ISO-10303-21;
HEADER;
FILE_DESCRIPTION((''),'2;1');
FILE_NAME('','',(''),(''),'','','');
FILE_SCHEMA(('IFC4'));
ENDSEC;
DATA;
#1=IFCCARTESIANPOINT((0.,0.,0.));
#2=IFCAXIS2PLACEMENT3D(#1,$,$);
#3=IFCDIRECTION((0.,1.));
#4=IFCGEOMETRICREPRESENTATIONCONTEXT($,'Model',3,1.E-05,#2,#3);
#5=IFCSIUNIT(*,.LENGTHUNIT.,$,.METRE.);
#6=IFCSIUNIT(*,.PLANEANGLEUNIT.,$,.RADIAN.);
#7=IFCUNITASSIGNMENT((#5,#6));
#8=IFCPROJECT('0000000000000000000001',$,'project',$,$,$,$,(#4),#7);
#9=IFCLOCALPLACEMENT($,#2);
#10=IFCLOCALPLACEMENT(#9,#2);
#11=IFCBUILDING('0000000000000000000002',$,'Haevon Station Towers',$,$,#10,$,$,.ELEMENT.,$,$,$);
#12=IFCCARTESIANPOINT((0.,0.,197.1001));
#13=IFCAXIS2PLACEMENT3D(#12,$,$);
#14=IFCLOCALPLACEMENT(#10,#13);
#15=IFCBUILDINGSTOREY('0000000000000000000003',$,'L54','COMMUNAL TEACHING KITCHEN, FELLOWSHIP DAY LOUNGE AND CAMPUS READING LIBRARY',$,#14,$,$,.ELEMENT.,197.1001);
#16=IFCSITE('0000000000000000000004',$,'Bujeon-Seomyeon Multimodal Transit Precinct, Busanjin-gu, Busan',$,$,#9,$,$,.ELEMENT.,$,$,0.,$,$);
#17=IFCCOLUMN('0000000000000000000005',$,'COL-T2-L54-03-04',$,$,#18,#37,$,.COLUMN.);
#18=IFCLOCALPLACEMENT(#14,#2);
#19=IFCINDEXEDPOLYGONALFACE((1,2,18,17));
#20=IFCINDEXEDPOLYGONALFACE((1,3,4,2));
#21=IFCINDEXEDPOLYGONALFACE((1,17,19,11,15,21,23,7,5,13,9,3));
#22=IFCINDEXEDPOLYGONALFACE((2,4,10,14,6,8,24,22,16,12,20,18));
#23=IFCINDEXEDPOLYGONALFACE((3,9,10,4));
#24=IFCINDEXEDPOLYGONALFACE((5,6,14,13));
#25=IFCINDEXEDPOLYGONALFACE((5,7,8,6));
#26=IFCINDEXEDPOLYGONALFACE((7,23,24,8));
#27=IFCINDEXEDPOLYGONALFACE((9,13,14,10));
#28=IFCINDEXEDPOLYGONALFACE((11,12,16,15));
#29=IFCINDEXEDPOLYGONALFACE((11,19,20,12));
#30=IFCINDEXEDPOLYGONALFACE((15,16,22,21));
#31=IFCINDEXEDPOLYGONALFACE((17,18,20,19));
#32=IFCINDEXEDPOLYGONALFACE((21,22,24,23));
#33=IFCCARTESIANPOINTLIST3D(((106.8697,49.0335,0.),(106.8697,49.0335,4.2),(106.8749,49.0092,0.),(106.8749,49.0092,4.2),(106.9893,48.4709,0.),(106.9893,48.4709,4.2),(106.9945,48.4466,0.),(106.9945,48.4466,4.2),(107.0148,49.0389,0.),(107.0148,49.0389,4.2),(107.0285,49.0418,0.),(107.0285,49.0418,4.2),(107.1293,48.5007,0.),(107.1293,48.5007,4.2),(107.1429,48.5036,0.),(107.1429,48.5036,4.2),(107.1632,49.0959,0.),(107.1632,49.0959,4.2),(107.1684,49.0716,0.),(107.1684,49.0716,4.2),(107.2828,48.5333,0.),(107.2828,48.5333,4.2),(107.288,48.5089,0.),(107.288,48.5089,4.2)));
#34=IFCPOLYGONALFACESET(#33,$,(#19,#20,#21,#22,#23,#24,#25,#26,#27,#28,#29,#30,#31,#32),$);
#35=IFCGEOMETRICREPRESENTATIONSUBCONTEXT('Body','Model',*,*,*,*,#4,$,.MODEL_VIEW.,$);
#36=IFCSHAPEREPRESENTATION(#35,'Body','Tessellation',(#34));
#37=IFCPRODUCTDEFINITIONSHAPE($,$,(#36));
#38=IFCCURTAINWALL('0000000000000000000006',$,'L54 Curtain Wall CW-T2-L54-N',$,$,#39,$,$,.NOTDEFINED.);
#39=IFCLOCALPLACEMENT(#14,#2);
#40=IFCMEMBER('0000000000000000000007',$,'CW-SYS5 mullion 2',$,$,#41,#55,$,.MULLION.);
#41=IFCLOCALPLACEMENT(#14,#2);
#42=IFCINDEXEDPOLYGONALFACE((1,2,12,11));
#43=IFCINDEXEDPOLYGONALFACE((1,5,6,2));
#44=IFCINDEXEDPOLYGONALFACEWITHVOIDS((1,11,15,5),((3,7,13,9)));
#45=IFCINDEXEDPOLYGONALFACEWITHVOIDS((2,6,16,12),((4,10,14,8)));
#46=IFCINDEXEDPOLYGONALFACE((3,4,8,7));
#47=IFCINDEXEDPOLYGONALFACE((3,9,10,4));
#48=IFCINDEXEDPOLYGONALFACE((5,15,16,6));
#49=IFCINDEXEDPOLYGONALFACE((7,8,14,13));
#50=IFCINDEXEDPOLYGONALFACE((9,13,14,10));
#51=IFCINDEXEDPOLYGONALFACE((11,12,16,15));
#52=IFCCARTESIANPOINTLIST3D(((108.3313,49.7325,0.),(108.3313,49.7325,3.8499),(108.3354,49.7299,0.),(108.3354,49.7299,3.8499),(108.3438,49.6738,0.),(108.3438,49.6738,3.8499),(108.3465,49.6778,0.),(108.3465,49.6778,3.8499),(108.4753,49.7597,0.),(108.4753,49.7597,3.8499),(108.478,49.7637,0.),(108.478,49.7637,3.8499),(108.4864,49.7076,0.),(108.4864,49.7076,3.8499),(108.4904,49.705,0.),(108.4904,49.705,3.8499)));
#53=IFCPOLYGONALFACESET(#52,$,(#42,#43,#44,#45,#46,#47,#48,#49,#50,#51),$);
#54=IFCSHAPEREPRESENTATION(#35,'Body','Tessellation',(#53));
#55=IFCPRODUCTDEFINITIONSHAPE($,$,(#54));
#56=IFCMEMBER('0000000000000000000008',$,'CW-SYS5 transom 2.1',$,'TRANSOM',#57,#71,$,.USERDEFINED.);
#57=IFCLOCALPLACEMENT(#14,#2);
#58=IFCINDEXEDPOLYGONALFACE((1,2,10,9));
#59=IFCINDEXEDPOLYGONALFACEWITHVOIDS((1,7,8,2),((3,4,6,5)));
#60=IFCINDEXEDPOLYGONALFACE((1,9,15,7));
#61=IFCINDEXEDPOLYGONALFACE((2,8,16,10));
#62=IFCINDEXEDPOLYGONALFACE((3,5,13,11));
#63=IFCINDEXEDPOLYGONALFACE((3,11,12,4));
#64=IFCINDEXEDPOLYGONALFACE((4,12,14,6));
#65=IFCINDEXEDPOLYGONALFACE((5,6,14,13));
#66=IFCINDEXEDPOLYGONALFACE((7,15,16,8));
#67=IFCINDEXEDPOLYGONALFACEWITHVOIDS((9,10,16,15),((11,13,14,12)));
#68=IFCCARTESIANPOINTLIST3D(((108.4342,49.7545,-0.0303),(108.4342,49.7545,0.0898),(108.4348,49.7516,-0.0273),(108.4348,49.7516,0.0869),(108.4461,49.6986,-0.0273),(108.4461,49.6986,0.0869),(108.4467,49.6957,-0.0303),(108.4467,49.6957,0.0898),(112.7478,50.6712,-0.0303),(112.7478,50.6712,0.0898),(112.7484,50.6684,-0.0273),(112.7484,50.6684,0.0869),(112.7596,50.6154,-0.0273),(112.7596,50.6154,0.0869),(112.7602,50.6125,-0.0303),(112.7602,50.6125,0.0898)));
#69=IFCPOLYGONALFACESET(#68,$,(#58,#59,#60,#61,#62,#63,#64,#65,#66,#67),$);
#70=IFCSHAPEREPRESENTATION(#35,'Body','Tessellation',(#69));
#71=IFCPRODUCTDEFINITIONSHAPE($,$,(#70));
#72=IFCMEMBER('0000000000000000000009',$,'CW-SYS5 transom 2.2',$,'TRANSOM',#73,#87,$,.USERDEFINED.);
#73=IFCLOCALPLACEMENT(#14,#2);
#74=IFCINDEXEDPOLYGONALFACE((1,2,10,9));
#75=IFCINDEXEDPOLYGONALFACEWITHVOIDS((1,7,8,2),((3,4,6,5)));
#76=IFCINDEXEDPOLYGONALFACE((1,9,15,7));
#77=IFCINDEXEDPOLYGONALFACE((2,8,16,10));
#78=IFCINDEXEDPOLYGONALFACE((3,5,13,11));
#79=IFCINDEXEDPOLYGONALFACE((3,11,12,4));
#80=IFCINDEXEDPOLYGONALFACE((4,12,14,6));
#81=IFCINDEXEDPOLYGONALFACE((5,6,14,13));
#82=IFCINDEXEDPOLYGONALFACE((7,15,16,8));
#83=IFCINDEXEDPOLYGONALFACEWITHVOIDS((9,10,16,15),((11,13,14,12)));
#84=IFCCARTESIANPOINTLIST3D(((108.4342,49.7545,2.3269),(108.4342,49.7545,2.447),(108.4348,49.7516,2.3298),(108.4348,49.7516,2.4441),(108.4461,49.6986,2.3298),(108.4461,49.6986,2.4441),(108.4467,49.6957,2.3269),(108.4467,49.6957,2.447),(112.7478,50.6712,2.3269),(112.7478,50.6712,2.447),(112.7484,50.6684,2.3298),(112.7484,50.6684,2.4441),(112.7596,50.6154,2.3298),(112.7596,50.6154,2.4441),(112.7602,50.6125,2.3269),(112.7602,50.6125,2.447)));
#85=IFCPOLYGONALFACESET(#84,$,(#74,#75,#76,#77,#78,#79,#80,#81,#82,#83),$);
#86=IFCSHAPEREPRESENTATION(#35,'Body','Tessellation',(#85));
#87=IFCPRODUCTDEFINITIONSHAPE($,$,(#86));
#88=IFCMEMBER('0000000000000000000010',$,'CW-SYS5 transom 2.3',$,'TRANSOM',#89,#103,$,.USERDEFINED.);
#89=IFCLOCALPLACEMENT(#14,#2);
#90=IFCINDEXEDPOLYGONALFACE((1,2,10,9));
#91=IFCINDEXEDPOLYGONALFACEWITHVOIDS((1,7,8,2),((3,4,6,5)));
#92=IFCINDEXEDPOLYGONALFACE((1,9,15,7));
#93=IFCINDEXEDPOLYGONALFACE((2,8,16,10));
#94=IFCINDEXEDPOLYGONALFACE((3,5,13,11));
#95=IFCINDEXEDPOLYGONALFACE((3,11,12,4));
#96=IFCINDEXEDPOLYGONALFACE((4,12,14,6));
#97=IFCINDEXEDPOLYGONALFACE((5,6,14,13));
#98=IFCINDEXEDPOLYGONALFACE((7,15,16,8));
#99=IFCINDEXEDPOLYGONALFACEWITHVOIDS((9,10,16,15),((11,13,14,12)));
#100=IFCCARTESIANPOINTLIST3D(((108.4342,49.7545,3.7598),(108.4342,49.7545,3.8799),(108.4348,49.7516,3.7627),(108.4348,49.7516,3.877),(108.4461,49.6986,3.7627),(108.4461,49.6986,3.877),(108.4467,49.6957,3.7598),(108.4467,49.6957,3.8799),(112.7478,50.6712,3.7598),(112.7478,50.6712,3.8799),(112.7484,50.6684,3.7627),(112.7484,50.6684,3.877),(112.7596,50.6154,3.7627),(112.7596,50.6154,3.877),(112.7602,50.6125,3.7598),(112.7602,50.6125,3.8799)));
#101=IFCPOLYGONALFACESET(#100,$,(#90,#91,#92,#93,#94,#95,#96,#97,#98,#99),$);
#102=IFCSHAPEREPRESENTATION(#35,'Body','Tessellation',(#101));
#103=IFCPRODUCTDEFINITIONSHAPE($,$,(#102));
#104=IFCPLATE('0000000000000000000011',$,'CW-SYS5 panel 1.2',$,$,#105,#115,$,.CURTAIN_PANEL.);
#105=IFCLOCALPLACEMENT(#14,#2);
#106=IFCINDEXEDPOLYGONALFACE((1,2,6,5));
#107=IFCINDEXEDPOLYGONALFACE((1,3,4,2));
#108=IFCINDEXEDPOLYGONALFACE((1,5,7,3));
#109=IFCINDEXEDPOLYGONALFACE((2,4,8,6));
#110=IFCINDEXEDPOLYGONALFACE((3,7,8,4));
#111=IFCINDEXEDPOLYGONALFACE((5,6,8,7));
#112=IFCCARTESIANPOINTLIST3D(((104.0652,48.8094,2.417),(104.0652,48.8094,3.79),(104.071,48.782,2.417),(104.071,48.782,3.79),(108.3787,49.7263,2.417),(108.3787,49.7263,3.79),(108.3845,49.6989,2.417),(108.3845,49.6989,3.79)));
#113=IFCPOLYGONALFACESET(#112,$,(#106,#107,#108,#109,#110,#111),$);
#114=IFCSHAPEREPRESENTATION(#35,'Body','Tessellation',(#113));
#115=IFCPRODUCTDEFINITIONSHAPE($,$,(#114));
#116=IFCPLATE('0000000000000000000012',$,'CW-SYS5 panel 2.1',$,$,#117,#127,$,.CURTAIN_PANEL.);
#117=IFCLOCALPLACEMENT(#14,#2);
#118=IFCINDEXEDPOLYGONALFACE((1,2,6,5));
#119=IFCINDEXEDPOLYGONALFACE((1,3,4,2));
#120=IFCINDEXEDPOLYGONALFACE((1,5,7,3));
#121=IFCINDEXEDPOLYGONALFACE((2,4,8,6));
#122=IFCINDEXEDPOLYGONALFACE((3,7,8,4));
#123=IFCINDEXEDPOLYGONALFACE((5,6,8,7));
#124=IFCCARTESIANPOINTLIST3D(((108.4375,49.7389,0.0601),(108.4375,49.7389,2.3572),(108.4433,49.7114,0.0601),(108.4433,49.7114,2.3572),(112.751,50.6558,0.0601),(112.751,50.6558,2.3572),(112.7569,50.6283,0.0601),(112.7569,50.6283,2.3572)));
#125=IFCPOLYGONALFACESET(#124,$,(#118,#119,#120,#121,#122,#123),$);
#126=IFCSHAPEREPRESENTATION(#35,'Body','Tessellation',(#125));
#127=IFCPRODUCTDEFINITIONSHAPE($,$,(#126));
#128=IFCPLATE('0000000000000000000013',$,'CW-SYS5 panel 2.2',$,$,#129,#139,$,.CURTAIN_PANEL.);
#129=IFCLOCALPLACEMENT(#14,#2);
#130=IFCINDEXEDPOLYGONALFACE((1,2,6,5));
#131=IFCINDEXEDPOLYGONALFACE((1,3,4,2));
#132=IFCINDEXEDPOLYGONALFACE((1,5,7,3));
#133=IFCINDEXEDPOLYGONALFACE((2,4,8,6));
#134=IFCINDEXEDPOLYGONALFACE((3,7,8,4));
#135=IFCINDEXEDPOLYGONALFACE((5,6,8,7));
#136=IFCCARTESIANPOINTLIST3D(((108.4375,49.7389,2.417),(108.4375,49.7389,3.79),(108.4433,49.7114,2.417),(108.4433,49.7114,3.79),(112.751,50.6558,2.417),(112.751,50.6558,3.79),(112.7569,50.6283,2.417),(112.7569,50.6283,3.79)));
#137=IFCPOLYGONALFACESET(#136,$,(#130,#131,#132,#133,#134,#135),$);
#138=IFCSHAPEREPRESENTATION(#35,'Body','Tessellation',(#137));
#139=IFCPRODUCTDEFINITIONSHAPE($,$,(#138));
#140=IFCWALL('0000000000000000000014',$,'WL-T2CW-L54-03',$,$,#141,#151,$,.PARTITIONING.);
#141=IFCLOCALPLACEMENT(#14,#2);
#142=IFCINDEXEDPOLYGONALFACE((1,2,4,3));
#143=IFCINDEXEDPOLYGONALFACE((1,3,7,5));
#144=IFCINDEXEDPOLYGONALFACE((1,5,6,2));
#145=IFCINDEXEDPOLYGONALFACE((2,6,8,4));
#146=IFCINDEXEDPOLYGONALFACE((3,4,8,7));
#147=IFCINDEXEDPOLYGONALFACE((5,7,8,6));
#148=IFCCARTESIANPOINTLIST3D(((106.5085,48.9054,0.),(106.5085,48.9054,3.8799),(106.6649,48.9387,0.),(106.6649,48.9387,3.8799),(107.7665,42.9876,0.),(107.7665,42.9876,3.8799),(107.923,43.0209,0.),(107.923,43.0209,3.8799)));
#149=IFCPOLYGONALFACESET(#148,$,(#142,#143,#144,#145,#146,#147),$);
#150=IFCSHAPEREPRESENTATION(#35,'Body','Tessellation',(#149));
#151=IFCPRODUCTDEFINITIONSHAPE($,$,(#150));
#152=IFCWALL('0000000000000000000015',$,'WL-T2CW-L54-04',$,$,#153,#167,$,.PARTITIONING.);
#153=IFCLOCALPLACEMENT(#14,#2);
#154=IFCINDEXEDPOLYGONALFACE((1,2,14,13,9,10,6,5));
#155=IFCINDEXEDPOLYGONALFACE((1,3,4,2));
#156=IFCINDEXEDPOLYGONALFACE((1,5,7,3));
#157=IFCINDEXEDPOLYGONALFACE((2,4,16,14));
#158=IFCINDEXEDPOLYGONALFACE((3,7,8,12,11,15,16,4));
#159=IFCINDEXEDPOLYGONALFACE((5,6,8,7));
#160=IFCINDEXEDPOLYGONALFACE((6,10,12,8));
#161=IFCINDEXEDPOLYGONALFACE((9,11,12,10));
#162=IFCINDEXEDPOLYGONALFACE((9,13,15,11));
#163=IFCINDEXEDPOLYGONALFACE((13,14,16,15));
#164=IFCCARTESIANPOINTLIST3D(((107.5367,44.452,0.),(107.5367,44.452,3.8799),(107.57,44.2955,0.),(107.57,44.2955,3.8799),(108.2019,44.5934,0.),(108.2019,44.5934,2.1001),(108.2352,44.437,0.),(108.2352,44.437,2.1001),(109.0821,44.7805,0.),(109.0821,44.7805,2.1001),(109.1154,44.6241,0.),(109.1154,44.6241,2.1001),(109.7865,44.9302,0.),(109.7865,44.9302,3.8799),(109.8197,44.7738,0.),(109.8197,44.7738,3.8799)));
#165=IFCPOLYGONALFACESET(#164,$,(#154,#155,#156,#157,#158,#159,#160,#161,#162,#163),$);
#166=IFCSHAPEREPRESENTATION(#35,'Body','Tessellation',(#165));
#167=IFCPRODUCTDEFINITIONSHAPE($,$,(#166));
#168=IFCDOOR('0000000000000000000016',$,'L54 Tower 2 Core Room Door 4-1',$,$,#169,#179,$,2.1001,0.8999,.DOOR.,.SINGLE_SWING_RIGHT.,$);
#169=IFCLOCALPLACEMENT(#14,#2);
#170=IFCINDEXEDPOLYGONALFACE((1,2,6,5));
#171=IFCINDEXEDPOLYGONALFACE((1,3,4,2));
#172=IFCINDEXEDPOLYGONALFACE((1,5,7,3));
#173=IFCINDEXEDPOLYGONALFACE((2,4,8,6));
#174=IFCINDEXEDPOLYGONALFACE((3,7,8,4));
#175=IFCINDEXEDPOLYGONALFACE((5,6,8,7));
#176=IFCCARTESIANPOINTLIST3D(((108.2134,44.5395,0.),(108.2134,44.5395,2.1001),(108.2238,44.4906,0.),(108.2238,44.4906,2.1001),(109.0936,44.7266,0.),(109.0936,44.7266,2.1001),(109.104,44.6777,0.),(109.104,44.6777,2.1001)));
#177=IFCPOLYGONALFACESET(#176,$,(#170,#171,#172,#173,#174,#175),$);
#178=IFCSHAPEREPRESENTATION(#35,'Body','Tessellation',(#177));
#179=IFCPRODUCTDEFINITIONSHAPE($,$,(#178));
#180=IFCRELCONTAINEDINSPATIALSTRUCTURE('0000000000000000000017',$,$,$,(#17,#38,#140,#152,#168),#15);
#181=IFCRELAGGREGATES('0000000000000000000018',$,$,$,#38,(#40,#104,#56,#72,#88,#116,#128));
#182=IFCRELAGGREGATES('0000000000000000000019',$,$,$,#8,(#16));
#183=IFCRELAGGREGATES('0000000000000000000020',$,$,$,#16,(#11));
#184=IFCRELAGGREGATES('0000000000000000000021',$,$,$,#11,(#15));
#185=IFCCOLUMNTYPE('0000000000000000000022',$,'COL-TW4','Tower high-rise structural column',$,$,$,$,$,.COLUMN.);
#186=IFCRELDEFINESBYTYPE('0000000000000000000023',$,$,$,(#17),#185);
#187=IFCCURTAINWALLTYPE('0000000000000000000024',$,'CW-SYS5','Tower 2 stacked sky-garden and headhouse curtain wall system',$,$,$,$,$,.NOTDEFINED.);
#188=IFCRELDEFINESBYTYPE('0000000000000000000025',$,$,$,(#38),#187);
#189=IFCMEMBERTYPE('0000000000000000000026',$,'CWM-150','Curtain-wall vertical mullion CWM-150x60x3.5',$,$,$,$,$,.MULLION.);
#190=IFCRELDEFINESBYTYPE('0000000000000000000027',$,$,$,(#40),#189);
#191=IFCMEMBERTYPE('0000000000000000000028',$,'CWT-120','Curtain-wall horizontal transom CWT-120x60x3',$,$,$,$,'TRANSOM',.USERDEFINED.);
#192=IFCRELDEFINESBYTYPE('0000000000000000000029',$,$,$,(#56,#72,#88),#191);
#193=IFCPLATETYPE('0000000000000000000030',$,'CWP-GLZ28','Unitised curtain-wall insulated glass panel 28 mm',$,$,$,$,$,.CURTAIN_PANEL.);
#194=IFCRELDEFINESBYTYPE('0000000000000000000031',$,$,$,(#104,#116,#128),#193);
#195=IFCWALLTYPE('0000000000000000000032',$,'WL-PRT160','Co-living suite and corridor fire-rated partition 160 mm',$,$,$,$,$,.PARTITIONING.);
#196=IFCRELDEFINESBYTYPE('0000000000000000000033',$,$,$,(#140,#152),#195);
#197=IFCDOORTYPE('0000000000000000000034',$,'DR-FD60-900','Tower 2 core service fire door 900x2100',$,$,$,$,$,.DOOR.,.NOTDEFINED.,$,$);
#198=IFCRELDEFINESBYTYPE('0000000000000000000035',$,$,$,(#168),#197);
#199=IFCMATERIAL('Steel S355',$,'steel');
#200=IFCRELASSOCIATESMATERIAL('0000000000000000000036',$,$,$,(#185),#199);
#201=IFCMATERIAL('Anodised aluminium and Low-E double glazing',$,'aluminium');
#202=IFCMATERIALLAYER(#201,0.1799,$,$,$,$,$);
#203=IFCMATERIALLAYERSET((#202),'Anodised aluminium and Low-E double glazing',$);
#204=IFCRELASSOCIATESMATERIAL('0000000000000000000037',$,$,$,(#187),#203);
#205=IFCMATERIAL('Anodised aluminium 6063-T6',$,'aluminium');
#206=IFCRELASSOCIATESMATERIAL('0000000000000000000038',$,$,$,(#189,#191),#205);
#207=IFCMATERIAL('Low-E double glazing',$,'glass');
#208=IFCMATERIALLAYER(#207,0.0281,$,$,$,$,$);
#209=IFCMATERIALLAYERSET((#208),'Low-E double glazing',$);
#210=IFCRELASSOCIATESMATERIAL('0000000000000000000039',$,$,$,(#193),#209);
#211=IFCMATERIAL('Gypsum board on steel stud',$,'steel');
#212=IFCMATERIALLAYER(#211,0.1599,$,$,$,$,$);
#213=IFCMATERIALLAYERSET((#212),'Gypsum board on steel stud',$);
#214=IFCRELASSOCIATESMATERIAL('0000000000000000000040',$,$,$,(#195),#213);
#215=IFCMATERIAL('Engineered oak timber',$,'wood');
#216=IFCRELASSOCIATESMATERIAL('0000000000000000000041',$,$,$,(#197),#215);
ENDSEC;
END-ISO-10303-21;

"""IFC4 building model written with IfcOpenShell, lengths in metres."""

from ifc_helpers import new_model, si_unit, direction, frame, frame_2d, origin, origin_2d, place, context, subcontext, project, spatial, rectangle, hollow_rectangle, i_section, extrude, material, layer, layer_set, material_profile, profile_set, type_object, element, fill, aggregate, save


model = new_model("IFC4")

# Units and contexts
model_context = context("Model", 3, precision=1e-05, world=origin(), true_north=direction((0.0, 1.0)))
body_context = subcontext(model_context, "Body", "Model", "MODEL_VIEW")
ifc_project = project(units=[si_unit("LENGTHUNIT", "METRE"), si_unit("PLANEANGLEUNIT", "RADIAN")], contexts=[model_context])

# Site, building, storey
site_placement = place(None, origin())
site = spatial("IfcSite", under=ifc_project, at=site_placement, Name="Bujeon-Seomyeon Multimodal Transit Precinct, Busanjin-gu, Busan", CompositionType="ELEMENT", RefElevation=0.0)
building_placement = place(site_placement, origin())
building = spatial("IfcBuilding", under=site, at=building_placement, Name="Haevon Station Towers", CompositionType="ELEMENT")
storey_placement = place(building_placement, frame((0.0, 0.0, 197.1001)))
storey = spatial("IfcBuildingStorey", under=building, at=storey_placement, Name="L54", Description="COMMUNAL TEACHING KITCHEN, FELLOWSHIP DAY LOUNGE AND CAMPUS READING LIBRARY", CompositionType="ELEMENT", Elevation=197.1001)

# Column
ifc_material_1 = material(Name="Steel S355", Category="steel")
ifc_material_profile_1 = material_profile(ifc_material_1, i_section(OverallWidth=0.3, OverallDepth=0.6001, WebThickness=0.0139, FlangeThickness=0.0249, at=origin_2d()), Name="H-600x300x14x25")
ifc_profile_set_1 = profile_set([ifc_material_profile_1], Name="Steel S355")
column_type = type_object("IfcColumnType", Name="COL-TW4", Description="Tower high-rise structural column", PredefinedType="COLUMN", material=ifc_profile_set_1)
column_placement = place(storey_placement, frame((107.0789, 48.7712, 0.0), z_axis=(0.0, 0.0, 1.0), x_axis=(0.978148, 0.207912, 0.0)))
element("IfcColumn", 1, at=column_placement, inside=storey, type_object=column_type, Name="COL-T2-L54-03-04", PredefinedType="COLUMN", context=body_context, shape_type="SweptSolid", body=[
    extrude(i_section(OverallWidth=0.3, OverallDepth=0.6001, WebThickness=0.0139, FlangeThickness=0.0249, at=origin_2d()), origin(), (0.0, 0.0, 1.0), 4.2),
])

# Curtain wall, members, plates
ifc_material_2 = material(Name="Anodised aluminium and Low-E double glazing", Category="aluminium")
ifc_layer_1 = layer(ifc_material_2, 0.1799)
ifc_layer_set_1 = layer_set([ifc_layer_1], Name="Anodised aluminium and Low-E double glazing")
curtain_wall_type = type_object("IfcCurtainWallType", Name="CW-SYS5", Description="Tower 2 stacked sky-garden and headhouse curtain wall system", PredefinedType="NOTDEFINED", material=ifc_layer_set_1)
curtain_wall_placement = place(storey_placement, origin())
curtain_wall = element("IfcCurtainWall", 2, at=curtain_wall_placement, inside=storey, type_object=curtain_wall_type, Name="L54 Curtain Wall CW-T2-L54-N", PredefinedType="NOTDEFINED")
ifc_material_3 = material(Name="Anodised aluminium 6063-T6", Category="aluminium")
ifc_material_profile_2 = material_profile(ifc_material_3, hollow_rectangle(XDim=0.0601, YDim=0.1499, WallThickness=0.0034, at=origin_2d()), Name="CWM-150x60x3.5")
ifc_profile_set_2 = profile_set([ifc_material_profile_2], Name="Anodised aluminium 6063-T6")
member_type_1 = type_object("IfcMemberType", Name="CWM-150", Description="Curtain-wall vertical mullion CWM-150x60x3.5", PredefinedType="MULLION", material=ifc_profile_set_2)
member_1_placement = place(storey_placement, frame((108.4109, 49.7188, 0.0), z_axis=(0.0, 0.0, 1.0), x_axis=(-0.207912, 0.978148, 0.0)))
member_1 = element("IfcMember", 3, at=member_1_placement, type_object=member_type_1, Name="CW-SYS5 mullion 2", PredefinedType="MULLION", context=body_context, shape_type="SweptSolid", body=[
    extrude(hollow_rectangle(XDim=0.0601, YDim=0.1499, WallThickness=0.0034, at=origin_2d()), origin(), (0.0, 0.0, 1.0), 3.8499),
])
ifc_material_profile_3 = material_profile(ifc_material_3, hollow_rectangle(XDim=0.0601, YDim=0.1201, WallThickness=0.0029, at=origin_2d()), Name="CWT-120x60x3")
ifc_profile_set_3 = profile_set([ifc_material_profile_3], Name="Anodised aluminium 6063-T6")
member_type_2 = type_object("IfcMemberType", Name="CWT-120", Description="Curtain-wall horizontal transom CWT-120x60x3", ElementType="TRANSOM", PredefinedType="USERDEFINED", material=ifc_profile_set_3)
member_2_placement = place(storey_placement, frame((108.4404, 49.7251, 0.0298), z_axis=(0.978153, 0.207888, 0.0), x_axis=(-0.207888, 0.978153, 0.0)))
member_2 = element("IfcMember", 4, at=member_2_placement, type_object=member_type_2, Name="CW-SYS5 transom 2.1", ObjectType="TRANSOM", PredefinedType="USERDEFINED", context=body_context, shape_type="SweptSolid", body=[
    extrude(hollow_rectangle(XDim=0.0601, YDim=0.1201, WallThickness=0.0029, at=origin_2d()), origin(), (0.0, 0.0, 1.0), 4.4099),
])
member_3_placement = place(storey_placement, frame((108.4404, 49.7251, 2.387), z_axis=(0.978153, 0.207888, 0.0), x_axis=(-0.207888, 0.978153, 0.0)))
member_3 = element("IfcMember", 5, at=member_3_placement, type_object=member_type_2, Name="CW-SYS5 transom 2.2", ObjectType="TRANSOM", PredefinedType="USERDEFINED", context=body_context, shape_type="SweptSolid", body=[
    extrude(hollow_rectangle(XDim=0.0601, YDim=0.1201, WallThickness=0.0029, at=origin_2d()), origin(), (0.0, 0.0, 1.0), 4.4099),
])
member_4_placement = place(storey_placement, frame((108.4404, 49.7251, 3.8198), z_axis=(0.978153, 0.207888, 0.0), x_axis=(-0.207888, 0.978153, 0.0)))
member_4 = element("IfcMember", 6, at=member_4_placement, type_object=member_type_2, Name="CW-SYS5 transom 2.3", ObjectType="TRANSOM", PredefinedType="USERDEFINED", context=body_context, shape_type="SweptSolid", body=[
    extrude(hollow_rectangle(XDim=0.0601, YDim=0.1201, WallThickness=0.0029, at=origin_2d()), origin(), (0.0, 0.0, 1.0), 4.4099),
])
ifc_material_4 = material(Name="Low-E double glazing", Category="glass")
ifc_layer_2 = layer(ifc_material_4, 0.0281)
ifc_layer_set_2 = layer_set([ifc_layer_2], Name="Low-E double glazing")
plate_type = type_object("IfcPlateType", Name="CWP-GLZ28", Description="Unitised curtain-wall insulated glass panel 28 mm", PredefinedType="CURTAIN_PANEL", material=ifc_layer_set_2)
plate_1_placement = place(storey_placement, frame((106.2249, 49.2542, 2.417), z_axis=(0.0, 0.0, 1.0), x_axis=(0.978148, 0.207912, 0.0)))
plate_1 = element("IfcPlate", 7, at=plate_1_placement, type_object=plate_type, Name="CW-SYS5 panel 1.2", PredefinedType="CURTAIN_PANEL", context=body_context, shape_type="SweptSolid", body=[
    extrude(rectangle(XDim=4.4099, YDim=0.0281, at=origin_2d()), origin(), (0.0, 0.0, 1.0), 1.373),
])
plate_2_placement = place(storey_placement, frame((110.5972, 50.1836, 0.0601), z_axis=(0.0, 0.0, 1.0), x_axis=(0.978148, 0.207912, 0.0)))
plate_2 = element("IfcPlate", 8, at=plate_2_placement, type_object=plate_type, Name="CW-SYS5 panel 2.1", PredefinedType="CURTAIN_PANEL", context=body_context, shape_type="SweptSolid", body=[
    extrude(rectangle(XDim=4.4099, YDim=0.0281, at=origin_2d()), origin(), (0.0, 0.0, 1.0), 2.2971),
])
plate_3_placement = place(storey_placement, frame((110.5972, 50.1836, 2.417), z_axis=(0.0, 0.0, 1.0), x_axis=(0.978148, 0.207912, 0.0)))
plate_3 = element("IfcPlate", 9, at=plate_3_placement, type_object=plate_type, Name="CW-SYS5 panel 2.2", PredefinedType="CURTAIN_PANEL", context=body_context, shape_type="SweptSolid", body=[
    extrude(rectangle(XDim=4.4099, YDim=0.0281, at=origin_2d()), origin(), (0.0, 0.0, 1.0), 1.373),
])
aggregate(curtain_wall, [member_1, plate_1, member_2, member_3, member_4, plate_2, plate_3])

# Wall
ifc_material_5 = material(Name="Gypsum board on steel stud", Category="steel")
ifc_layer_3 = layer(ifc_material_5, 0.1599)
ifc_layer_set_3 = layer_set([ifc_layer_3], Name="Gypsum board on steel stud")
wall_type_1 = type_object("IfcWallType", Name="WL-PRT160", Description="Co-living suite and corridor fire-rated partition 160 mm", PredefinedType="PARTITIONING", material=ifc_layer_set_3)
wall_1_placement = place(storey_placement, frame((107.8447, 43.0044, 0.0), z_axis=(0.0, 0.0, 1.0), x_axis=(-0.207944, 0.978141, 0.0)))
element("IfcWall", 10, at=wall_1_placement, inside=storey, type_object=wall_type_1, Name="WL-T2CW-L54-03", PredefinedType="PARTITIONING", context=body_context, shape_type="SweptSolid", body=[
    extrude(rectangle(XDim=6.05, YDim=0.1599, at=frame_2d((3.0249, 0.0))), origin(), (0.0, 0.0, 1.0), 3.8799),
])

# Wall, opening, door
wall_2_placement = place(storey_placement, frame((107.5535, 44.3738, 0.0), z_axis=(0.0, 0.0, 1.0), x_axis=(0.978141, 0.207941, 0.0)))
wall_2 = element("IfcWall", 11, at=wall_2_placement, inside=storey, type_object=wall_type_1, Name="WL-T2CW-L54-04", PredefinedType="PARTITIONING", context=body_context, shape_type="SweptSolid", body=[
    extrude(rectangle(XDim=2.3, YDim=0.1599, at=frame_2d((1.1499, 0.0))), origin(), (0.0, 0.0, 1.0), 3.8799),
])
opening_1_placement = place(wall_2_placement, frame((0.6799, 0.0, 0.0)))
opening_1 = element("IfcOpeningElement", 12, at=opening_1_placement, cuts=wall_2, PredefinedType="OPENING", context=body_context, shape_type="SweptSolid", body=[
    extrude(rectangle(XDim=0.8999, YDim=2.1001, at=frame_2d((0.45, 1.05))), frame((0.0, 0.0898, 0.0), z_axis=(0.0, -1.0, 0.0), x_axis=(1.0, 0.0, 0.0)), (0.0, 0.0, 1.0), 0.1799),
])
ifc_material_6 = material(Name="Engineered oak timber", Category="wood")
door_type_1 = type_object("IfcDoorType", Name="DR-FD60-900", Description="Tower 2 core service fire door 900x2100", OperationType="NOTDEFINED", PredefinedType="DOOR", material=ifc_material_6)
door_1_placement = place(opening_1_placement, origin())
door_1 = element("IfcDoor", 13, at=door_1_placement, inside=storey, type_object=door_type_1, Name="L54 Tower 2 Core Room Door 4-1", OperationType="SINGLE_SWING_RIGHT", OverallHeight=2.1001, OverallWidth=0.8999, PredefinedType="DOOR", context=body_context, shape_type="SweptSolid", body=[
    extrude(rectangle(XDim=0.8999, YDim=2.1001, at=frame_2d((0.45, 1.05))), frame((0.0, 0.0249, 0.0), z_axis=(0.0, -1.0, 0.0), x_axis=(1.0, 0.0, 0.0)), (0.0, 0.0, 1.0), 0.05),
])
fill(opening_1, door_1)

save(model, "model.ifc")
